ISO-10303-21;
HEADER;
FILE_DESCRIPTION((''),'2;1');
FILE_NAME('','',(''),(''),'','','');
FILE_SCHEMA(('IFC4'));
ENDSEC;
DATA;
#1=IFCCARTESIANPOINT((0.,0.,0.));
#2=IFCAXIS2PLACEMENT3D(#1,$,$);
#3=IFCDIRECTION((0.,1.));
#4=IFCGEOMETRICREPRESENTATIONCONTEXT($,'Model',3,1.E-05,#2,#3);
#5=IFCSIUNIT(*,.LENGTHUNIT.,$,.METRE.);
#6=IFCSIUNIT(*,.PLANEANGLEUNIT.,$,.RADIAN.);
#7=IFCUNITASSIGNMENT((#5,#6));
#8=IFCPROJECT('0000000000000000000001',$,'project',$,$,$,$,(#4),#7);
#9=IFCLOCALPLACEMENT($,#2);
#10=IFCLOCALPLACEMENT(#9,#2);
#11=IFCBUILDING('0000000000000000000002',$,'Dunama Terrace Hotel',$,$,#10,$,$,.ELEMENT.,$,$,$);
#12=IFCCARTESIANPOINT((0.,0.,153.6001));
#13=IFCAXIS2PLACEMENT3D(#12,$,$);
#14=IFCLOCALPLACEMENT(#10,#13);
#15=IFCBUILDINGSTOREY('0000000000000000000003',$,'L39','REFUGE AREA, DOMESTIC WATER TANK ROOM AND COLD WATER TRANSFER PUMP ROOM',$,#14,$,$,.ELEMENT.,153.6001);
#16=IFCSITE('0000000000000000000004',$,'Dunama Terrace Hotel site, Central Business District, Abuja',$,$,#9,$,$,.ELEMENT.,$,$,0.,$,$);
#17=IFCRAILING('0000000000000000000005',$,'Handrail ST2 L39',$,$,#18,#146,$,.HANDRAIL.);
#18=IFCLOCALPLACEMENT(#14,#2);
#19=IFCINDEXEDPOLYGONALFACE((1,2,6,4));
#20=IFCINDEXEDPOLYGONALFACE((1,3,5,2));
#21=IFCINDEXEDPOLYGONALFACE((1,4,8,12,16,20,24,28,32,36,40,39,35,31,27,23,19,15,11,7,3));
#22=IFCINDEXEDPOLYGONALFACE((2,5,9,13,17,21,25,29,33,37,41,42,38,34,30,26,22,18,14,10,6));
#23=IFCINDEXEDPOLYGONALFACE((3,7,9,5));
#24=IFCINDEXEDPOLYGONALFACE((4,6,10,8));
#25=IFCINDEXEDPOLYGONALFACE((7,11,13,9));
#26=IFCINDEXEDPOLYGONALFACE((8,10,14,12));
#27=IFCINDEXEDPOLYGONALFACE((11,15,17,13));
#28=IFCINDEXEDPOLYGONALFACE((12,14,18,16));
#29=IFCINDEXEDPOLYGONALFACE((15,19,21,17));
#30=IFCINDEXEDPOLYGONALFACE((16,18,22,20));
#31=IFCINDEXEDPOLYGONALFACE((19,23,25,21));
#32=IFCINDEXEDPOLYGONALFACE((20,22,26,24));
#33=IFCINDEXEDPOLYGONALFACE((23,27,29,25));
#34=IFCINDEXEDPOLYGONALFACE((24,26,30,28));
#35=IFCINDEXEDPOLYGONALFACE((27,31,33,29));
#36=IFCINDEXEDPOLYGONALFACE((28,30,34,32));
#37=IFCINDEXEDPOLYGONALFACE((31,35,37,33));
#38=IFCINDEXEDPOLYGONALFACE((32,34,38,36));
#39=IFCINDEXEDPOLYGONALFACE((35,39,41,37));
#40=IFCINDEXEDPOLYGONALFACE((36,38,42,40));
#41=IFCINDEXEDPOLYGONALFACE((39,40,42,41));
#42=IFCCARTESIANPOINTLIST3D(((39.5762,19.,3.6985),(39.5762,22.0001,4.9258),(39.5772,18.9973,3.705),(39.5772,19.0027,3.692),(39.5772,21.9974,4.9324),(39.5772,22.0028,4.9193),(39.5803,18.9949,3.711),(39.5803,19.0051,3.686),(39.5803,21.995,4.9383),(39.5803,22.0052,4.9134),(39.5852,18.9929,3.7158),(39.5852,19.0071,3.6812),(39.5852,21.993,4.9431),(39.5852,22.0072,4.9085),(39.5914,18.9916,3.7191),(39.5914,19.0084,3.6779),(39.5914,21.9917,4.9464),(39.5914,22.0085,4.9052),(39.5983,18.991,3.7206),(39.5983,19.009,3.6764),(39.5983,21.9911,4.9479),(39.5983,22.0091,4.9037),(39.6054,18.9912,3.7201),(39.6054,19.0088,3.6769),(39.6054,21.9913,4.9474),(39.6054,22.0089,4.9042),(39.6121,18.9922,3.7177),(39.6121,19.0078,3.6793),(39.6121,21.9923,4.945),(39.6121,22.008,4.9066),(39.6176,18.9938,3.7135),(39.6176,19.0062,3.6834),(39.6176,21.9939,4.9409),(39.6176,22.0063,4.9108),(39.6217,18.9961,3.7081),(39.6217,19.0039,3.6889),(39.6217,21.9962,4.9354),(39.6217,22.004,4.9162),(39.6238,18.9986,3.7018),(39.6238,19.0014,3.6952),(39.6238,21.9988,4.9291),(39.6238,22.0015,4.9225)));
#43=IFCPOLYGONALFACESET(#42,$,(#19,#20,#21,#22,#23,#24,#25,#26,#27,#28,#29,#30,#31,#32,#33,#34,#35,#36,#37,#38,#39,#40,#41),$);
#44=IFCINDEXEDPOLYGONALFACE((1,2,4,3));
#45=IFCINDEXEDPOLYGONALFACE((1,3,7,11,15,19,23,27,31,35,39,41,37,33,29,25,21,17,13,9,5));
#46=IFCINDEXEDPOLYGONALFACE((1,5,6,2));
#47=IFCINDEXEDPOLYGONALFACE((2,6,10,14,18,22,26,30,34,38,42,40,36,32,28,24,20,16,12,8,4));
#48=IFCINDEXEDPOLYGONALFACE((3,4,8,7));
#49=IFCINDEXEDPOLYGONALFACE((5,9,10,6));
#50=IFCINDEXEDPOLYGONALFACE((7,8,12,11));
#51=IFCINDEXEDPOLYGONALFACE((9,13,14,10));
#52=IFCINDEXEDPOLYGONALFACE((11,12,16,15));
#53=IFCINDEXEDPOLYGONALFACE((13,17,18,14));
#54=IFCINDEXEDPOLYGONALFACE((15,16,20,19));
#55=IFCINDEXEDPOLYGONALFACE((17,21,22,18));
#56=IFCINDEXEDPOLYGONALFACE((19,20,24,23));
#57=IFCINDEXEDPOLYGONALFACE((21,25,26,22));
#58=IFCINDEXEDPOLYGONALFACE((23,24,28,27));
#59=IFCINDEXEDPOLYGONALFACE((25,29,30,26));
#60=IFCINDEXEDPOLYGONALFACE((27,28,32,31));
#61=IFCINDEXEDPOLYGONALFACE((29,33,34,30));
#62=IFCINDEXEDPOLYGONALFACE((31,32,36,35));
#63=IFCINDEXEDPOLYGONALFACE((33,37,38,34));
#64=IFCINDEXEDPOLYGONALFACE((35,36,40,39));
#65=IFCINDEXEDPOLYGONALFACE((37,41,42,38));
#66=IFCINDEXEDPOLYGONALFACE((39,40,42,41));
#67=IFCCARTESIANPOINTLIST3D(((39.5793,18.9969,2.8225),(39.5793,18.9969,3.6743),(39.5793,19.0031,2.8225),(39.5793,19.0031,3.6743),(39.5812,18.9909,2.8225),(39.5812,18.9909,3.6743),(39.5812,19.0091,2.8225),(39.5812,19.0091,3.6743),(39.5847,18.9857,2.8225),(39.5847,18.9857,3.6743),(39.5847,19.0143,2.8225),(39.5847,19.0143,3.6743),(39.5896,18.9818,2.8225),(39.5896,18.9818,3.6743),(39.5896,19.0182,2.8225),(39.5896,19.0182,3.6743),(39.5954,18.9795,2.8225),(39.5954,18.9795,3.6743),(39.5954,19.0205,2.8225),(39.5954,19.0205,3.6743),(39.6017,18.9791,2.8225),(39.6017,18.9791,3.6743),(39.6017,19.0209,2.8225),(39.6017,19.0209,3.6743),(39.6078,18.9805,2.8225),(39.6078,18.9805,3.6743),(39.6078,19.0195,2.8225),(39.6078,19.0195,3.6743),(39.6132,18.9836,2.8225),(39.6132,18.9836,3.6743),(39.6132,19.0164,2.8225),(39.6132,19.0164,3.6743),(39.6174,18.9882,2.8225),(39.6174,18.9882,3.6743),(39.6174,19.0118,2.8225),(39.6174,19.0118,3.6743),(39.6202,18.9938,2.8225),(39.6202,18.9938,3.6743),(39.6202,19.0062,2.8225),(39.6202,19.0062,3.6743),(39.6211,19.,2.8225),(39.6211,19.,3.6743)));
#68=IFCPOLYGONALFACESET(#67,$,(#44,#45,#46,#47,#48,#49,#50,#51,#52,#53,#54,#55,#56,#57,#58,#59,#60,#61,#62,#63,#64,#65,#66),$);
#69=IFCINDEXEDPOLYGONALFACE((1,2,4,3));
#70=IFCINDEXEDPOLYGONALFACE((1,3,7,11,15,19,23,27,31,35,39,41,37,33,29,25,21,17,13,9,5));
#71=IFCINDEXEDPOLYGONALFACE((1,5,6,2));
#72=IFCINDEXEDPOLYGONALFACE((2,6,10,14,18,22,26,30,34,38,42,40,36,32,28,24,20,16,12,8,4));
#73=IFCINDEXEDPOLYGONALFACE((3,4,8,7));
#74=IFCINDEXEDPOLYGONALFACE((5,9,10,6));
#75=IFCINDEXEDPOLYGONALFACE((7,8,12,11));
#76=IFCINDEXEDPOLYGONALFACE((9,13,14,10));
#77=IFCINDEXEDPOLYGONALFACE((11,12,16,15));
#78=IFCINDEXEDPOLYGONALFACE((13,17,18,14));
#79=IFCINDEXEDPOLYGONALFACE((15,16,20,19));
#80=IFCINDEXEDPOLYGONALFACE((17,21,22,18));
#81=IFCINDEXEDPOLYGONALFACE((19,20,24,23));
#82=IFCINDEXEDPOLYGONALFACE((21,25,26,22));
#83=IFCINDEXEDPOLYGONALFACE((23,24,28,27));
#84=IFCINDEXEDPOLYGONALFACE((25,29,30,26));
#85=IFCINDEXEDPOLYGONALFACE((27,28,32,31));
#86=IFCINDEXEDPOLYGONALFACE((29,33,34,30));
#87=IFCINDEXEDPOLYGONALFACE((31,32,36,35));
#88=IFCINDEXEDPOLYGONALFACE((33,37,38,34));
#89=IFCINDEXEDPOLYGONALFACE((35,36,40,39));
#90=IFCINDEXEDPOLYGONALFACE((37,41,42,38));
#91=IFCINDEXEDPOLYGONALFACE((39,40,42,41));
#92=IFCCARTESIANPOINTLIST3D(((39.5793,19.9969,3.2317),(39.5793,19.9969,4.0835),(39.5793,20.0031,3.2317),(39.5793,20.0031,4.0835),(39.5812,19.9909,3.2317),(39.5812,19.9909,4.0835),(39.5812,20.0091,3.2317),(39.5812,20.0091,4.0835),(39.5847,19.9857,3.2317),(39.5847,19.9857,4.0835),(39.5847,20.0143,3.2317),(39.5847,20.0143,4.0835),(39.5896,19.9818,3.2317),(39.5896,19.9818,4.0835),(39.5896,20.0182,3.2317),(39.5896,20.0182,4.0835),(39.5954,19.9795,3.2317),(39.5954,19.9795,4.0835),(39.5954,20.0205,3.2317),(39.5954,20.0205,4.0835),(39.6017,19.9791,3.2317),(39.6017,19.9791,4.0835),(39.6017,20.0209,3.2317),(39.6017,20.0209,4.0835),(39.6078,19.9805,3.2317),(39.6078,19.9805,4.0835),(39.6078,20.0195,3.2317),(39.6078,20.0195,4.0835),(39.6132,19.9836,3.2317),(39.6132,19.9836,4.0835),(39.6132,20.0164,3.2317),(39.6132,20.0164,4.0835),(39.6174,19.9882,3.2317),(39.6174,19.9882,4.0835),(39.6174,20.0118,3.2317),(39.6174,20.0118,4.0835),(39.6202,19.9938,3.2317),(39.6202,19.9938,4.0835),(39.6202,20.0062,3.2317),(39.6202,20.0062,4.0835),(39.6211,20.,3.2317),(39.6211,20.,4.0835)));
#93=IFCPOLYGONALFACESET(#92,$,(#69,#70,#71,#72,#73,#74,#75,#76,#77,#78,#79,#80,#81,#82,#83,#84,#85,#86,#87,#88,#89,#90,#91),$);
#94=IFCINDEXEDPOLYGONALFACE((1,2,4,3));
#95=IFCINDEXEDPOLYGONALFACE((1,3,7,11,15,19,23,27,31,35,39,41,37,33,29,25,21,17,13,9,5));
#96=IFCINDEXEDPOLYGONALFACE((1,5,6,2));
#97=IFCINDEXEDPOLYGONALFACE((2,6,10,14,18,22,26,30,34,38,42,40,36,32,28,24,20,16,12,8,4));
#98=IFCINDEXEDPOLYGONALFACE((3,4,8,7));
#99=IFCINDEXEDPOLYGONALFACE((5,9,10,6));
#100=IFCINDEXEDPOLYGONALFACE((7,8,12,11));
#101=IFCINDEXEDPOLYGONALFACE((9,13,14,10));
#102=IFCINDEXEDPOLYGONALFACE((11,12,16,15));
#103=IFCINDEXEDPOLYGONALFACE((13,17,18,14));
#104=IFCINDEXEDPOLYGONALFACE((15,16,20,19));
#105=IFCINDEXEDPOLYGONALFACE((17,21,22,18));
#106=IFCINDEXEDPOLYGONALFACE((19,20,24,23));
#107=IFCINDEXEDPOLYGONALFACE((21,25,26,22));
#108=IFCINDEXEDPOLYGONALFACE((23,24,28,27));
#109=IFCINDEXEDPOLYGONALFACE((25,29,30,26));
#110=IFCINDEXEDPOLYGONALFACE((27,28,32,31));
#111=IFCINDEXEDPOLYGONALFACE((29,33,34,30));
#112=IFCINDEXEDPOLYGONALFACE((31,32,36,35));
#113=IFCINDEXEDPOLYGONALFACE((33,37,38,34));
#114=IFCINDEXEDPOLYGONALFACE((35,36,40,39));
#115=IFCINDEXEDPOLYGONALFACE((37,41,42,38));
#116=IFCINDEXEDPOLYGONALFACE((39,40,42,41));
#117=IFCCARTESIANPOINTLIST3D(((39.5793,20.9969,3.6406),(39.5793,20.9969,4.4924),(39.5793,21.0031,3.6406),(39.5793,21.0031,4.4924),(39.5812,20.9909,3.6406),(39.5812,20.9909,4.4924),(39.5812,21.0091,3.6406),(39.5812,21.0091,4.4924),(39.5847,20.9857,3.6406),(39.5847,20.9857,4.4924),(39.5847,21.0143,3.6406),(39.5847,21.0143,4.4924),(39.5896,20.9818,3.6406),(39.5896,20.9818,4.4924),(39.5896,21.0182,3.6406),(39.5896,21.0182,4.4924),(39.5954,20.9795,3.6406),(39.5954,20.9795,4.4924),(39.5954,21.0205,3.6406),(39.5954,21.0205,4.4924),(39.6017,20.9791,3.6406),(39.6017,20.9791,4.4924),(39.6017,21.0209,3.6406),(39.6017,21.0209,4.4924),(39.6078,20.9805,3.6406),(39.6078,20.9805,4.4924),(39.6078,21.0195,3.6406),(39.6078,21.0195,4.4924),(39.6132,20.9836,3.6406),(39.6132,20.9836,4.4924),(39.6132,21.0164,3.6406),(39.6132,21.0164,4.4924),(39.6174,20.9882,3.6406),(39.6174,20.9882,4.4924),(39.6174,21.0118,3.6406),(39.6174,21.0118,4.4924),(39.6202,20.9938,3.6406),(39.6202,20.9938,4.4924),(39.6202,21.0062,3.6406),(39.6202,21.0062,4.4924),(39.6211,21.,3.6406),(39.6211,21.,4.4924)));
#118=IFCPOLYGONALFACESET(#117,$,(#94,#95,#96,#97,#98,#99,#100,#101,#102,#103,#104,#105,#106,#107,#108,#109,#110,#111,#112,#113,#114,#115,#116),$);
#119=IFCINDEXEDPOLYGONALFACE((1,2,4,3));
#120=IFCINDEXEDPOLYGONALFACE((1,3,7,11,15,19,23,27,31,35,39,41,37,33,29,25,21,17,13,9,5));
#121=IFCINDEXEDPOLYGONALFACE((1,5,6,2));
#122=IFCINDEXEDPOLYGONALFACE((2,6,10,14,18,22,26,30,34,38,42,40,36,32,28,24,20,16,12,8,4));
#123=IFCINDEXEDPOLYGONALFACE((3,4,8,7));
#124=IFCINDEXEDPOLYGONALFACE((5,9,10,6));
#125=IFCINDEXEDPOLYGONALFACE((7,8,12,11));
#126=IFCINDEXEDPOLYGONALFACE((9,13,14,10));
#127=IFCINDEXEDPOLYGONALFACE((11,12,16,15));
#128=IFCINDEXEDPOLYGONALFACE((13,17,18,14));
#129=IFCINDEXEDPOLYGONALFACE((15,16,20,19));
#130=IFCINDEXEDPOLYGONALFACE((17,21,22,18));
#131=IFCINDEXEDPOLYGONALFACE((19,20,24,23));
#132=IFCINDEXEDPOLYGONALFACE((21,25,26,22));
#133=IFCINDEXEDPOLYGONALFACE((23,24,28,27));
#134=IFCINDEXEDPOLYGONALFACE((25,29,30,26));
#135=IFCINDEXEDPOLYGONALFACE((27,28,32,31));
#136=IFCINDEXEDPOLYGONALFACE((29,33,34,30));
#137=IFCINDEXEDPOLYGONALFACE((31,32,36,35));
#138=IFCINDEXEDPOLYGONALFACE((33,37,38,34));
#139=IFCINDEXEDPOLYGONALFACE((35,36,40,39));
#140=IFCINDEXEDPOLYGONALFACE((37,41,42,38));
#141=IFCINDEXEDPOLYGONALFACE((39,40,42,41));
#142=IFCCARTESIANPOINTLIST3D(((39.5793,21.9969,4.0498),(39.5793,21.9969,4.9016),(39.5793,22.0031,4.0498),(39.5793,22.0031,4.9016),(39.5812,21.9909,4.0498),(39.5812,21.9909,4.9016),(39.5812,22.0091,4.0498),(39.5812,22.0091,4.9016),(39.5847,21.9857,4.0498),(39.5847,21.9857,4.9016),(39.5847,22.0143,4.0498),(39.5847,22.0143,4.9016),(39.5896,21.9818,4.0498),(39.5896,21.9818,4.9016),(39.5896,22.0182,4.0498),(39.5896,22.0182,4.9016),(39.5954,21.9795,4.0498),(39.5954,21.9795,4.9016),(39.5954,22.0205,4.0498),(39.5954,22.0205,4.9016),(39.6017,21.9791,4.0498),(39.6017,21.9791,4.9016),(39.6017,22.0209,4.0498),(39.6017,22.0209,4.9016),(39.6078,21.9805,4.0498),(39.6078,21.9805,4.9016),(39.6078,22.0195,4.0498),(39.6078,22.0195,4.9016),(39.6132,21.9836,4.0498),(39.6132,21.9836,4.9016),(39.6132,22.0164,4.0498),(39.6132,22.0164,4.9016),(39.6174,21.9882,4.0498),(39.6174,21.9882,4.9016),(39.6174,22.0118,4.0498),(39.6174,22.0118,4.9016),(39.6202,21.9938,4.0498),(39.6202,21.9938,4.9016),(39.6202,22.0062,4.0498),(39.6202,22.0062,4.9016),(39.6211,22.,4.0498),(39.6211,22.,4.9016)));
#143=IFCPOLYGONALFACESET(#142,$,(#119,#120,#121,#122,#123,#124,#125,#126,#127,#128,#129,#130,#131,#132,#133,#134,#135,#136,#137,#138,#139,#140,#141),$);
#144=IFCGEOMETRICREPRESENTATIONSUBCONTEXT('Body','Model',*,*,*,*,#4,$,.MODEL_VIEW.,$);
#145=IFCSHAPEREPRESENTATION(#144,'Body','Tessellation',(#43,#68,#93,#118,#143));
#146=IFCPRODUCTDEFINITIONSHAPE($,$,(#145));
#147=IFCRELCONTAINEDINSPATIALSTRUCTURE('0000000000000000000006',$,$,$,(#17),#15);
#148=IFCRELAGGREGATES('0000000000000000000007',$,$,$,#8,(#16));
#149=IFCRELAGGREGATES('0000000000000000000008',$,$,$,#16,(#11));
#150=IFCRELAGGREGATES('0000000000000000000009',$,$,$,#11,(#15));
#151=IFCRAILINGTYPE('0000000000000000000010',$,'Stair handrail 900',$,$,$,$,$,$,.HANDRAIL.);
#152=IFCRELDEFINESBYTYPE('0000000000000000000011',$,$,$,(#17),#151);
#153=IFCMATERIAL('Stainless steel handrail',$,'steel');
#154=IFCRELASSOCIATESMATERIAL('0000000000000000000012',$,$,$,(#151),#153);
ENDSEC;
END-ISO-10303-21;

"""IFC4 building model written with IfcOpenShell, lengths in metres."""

from ifc_helpers import new_model, si_unit, direction, frame, origin, origin_2d, place, context, subcontext, project, spatial, circle, extrude, material, type_object, element, save


model = new_model("IFC4")

# Units and contexts
model_context = context("Model", 3, precision=1e-05, world=origin(), true_north=direction((0.0, 1.0)))
body_context = subcontext(model_context, "Body", "Model", "MODEL_VIEW")
ifc_project = project(units=[si_unit("LENGTHUNIT", "METRE"), si_unit("PLANEANGLEUNIT", "RADIAN")], contexts=[model_context])

# Site, building, storey
site_placement = place(None, origin())
site = spatial("IfcSite", under=ifc_project, at=site_placement, Name="Dunama Terrace Hotel site, Central Business District, Abuja", CompositionType="ELEMENT", RefElevation=0.0)
building_placement = place(site_placement, origin())
building = spatial("IfcBuilding", under=site, at=building_placement, Name="Dunama Terrace Hotel", CompositionType="ELEMENT")
storey_placement = place(building_placement, frame((0.0, 0.0, 153.6001)))
storey = spatial("IfcBuildingStorey", under=building, at=storey_placement, Name="L39", Description="REFUGE AREA, DOMESTIC WATER TANK ROOM AND COLD WATER TRANSFER PUMP ROOM", CompositionType="ELEMENT", Elevation=153.6001)

# Railing
ifc_material_1 = material(Name="Stainless steel handrail", Category="steel")
railing_type = type_object("IfcRailingType", Name="Stair handrail 900", PredefinedType="HANDRAIL", material=ifc_material_1)
railing_1_placement = place(storey_placement, frame((39.6001, 19.0, 2.8225)))
element("IfcRailing", 1, at=railing_1_placement, inside=storey, type_object=railing_type, Name="Handrail ST2 L39", PredefinedType="HANDRAIL", context=body_context, shape_type="SweptSolid", body=[
    extrude(circle(Radius=0.0239, at=origin_2d()), frame((0.0, 0.0, 0.876), z_axis=(0.0, 0.925545, 0.378639), x_axis=(-1.0, 0.0, 0.0)), (0.0, 0.0, 1.0), 3.2415),
    extrude(circle(Radius=0.021, at=origin_2d()), origin(), (0.0, 0.0, 1.0), 0.8518),
    extrude(circle(Radius=0.021, at=origin_2d()), frame((0.0, 1.0, 0.4092)), (0.0, 0.0, 1.0), 0.8518),
    extrude(circle(Radius=0.021, at=origin_2d()), frame((0.0, 2.0, 0.8181)), (0.0, 0.0, 1.0), 0.8518),
    extrude(circle(Radius=0.021, at=origin_2d()), frame((0.0, 3.0, 1.2273)), (0.0, 0.0, 1.0), 0.8518),
])

save(model, "model.ifc")
